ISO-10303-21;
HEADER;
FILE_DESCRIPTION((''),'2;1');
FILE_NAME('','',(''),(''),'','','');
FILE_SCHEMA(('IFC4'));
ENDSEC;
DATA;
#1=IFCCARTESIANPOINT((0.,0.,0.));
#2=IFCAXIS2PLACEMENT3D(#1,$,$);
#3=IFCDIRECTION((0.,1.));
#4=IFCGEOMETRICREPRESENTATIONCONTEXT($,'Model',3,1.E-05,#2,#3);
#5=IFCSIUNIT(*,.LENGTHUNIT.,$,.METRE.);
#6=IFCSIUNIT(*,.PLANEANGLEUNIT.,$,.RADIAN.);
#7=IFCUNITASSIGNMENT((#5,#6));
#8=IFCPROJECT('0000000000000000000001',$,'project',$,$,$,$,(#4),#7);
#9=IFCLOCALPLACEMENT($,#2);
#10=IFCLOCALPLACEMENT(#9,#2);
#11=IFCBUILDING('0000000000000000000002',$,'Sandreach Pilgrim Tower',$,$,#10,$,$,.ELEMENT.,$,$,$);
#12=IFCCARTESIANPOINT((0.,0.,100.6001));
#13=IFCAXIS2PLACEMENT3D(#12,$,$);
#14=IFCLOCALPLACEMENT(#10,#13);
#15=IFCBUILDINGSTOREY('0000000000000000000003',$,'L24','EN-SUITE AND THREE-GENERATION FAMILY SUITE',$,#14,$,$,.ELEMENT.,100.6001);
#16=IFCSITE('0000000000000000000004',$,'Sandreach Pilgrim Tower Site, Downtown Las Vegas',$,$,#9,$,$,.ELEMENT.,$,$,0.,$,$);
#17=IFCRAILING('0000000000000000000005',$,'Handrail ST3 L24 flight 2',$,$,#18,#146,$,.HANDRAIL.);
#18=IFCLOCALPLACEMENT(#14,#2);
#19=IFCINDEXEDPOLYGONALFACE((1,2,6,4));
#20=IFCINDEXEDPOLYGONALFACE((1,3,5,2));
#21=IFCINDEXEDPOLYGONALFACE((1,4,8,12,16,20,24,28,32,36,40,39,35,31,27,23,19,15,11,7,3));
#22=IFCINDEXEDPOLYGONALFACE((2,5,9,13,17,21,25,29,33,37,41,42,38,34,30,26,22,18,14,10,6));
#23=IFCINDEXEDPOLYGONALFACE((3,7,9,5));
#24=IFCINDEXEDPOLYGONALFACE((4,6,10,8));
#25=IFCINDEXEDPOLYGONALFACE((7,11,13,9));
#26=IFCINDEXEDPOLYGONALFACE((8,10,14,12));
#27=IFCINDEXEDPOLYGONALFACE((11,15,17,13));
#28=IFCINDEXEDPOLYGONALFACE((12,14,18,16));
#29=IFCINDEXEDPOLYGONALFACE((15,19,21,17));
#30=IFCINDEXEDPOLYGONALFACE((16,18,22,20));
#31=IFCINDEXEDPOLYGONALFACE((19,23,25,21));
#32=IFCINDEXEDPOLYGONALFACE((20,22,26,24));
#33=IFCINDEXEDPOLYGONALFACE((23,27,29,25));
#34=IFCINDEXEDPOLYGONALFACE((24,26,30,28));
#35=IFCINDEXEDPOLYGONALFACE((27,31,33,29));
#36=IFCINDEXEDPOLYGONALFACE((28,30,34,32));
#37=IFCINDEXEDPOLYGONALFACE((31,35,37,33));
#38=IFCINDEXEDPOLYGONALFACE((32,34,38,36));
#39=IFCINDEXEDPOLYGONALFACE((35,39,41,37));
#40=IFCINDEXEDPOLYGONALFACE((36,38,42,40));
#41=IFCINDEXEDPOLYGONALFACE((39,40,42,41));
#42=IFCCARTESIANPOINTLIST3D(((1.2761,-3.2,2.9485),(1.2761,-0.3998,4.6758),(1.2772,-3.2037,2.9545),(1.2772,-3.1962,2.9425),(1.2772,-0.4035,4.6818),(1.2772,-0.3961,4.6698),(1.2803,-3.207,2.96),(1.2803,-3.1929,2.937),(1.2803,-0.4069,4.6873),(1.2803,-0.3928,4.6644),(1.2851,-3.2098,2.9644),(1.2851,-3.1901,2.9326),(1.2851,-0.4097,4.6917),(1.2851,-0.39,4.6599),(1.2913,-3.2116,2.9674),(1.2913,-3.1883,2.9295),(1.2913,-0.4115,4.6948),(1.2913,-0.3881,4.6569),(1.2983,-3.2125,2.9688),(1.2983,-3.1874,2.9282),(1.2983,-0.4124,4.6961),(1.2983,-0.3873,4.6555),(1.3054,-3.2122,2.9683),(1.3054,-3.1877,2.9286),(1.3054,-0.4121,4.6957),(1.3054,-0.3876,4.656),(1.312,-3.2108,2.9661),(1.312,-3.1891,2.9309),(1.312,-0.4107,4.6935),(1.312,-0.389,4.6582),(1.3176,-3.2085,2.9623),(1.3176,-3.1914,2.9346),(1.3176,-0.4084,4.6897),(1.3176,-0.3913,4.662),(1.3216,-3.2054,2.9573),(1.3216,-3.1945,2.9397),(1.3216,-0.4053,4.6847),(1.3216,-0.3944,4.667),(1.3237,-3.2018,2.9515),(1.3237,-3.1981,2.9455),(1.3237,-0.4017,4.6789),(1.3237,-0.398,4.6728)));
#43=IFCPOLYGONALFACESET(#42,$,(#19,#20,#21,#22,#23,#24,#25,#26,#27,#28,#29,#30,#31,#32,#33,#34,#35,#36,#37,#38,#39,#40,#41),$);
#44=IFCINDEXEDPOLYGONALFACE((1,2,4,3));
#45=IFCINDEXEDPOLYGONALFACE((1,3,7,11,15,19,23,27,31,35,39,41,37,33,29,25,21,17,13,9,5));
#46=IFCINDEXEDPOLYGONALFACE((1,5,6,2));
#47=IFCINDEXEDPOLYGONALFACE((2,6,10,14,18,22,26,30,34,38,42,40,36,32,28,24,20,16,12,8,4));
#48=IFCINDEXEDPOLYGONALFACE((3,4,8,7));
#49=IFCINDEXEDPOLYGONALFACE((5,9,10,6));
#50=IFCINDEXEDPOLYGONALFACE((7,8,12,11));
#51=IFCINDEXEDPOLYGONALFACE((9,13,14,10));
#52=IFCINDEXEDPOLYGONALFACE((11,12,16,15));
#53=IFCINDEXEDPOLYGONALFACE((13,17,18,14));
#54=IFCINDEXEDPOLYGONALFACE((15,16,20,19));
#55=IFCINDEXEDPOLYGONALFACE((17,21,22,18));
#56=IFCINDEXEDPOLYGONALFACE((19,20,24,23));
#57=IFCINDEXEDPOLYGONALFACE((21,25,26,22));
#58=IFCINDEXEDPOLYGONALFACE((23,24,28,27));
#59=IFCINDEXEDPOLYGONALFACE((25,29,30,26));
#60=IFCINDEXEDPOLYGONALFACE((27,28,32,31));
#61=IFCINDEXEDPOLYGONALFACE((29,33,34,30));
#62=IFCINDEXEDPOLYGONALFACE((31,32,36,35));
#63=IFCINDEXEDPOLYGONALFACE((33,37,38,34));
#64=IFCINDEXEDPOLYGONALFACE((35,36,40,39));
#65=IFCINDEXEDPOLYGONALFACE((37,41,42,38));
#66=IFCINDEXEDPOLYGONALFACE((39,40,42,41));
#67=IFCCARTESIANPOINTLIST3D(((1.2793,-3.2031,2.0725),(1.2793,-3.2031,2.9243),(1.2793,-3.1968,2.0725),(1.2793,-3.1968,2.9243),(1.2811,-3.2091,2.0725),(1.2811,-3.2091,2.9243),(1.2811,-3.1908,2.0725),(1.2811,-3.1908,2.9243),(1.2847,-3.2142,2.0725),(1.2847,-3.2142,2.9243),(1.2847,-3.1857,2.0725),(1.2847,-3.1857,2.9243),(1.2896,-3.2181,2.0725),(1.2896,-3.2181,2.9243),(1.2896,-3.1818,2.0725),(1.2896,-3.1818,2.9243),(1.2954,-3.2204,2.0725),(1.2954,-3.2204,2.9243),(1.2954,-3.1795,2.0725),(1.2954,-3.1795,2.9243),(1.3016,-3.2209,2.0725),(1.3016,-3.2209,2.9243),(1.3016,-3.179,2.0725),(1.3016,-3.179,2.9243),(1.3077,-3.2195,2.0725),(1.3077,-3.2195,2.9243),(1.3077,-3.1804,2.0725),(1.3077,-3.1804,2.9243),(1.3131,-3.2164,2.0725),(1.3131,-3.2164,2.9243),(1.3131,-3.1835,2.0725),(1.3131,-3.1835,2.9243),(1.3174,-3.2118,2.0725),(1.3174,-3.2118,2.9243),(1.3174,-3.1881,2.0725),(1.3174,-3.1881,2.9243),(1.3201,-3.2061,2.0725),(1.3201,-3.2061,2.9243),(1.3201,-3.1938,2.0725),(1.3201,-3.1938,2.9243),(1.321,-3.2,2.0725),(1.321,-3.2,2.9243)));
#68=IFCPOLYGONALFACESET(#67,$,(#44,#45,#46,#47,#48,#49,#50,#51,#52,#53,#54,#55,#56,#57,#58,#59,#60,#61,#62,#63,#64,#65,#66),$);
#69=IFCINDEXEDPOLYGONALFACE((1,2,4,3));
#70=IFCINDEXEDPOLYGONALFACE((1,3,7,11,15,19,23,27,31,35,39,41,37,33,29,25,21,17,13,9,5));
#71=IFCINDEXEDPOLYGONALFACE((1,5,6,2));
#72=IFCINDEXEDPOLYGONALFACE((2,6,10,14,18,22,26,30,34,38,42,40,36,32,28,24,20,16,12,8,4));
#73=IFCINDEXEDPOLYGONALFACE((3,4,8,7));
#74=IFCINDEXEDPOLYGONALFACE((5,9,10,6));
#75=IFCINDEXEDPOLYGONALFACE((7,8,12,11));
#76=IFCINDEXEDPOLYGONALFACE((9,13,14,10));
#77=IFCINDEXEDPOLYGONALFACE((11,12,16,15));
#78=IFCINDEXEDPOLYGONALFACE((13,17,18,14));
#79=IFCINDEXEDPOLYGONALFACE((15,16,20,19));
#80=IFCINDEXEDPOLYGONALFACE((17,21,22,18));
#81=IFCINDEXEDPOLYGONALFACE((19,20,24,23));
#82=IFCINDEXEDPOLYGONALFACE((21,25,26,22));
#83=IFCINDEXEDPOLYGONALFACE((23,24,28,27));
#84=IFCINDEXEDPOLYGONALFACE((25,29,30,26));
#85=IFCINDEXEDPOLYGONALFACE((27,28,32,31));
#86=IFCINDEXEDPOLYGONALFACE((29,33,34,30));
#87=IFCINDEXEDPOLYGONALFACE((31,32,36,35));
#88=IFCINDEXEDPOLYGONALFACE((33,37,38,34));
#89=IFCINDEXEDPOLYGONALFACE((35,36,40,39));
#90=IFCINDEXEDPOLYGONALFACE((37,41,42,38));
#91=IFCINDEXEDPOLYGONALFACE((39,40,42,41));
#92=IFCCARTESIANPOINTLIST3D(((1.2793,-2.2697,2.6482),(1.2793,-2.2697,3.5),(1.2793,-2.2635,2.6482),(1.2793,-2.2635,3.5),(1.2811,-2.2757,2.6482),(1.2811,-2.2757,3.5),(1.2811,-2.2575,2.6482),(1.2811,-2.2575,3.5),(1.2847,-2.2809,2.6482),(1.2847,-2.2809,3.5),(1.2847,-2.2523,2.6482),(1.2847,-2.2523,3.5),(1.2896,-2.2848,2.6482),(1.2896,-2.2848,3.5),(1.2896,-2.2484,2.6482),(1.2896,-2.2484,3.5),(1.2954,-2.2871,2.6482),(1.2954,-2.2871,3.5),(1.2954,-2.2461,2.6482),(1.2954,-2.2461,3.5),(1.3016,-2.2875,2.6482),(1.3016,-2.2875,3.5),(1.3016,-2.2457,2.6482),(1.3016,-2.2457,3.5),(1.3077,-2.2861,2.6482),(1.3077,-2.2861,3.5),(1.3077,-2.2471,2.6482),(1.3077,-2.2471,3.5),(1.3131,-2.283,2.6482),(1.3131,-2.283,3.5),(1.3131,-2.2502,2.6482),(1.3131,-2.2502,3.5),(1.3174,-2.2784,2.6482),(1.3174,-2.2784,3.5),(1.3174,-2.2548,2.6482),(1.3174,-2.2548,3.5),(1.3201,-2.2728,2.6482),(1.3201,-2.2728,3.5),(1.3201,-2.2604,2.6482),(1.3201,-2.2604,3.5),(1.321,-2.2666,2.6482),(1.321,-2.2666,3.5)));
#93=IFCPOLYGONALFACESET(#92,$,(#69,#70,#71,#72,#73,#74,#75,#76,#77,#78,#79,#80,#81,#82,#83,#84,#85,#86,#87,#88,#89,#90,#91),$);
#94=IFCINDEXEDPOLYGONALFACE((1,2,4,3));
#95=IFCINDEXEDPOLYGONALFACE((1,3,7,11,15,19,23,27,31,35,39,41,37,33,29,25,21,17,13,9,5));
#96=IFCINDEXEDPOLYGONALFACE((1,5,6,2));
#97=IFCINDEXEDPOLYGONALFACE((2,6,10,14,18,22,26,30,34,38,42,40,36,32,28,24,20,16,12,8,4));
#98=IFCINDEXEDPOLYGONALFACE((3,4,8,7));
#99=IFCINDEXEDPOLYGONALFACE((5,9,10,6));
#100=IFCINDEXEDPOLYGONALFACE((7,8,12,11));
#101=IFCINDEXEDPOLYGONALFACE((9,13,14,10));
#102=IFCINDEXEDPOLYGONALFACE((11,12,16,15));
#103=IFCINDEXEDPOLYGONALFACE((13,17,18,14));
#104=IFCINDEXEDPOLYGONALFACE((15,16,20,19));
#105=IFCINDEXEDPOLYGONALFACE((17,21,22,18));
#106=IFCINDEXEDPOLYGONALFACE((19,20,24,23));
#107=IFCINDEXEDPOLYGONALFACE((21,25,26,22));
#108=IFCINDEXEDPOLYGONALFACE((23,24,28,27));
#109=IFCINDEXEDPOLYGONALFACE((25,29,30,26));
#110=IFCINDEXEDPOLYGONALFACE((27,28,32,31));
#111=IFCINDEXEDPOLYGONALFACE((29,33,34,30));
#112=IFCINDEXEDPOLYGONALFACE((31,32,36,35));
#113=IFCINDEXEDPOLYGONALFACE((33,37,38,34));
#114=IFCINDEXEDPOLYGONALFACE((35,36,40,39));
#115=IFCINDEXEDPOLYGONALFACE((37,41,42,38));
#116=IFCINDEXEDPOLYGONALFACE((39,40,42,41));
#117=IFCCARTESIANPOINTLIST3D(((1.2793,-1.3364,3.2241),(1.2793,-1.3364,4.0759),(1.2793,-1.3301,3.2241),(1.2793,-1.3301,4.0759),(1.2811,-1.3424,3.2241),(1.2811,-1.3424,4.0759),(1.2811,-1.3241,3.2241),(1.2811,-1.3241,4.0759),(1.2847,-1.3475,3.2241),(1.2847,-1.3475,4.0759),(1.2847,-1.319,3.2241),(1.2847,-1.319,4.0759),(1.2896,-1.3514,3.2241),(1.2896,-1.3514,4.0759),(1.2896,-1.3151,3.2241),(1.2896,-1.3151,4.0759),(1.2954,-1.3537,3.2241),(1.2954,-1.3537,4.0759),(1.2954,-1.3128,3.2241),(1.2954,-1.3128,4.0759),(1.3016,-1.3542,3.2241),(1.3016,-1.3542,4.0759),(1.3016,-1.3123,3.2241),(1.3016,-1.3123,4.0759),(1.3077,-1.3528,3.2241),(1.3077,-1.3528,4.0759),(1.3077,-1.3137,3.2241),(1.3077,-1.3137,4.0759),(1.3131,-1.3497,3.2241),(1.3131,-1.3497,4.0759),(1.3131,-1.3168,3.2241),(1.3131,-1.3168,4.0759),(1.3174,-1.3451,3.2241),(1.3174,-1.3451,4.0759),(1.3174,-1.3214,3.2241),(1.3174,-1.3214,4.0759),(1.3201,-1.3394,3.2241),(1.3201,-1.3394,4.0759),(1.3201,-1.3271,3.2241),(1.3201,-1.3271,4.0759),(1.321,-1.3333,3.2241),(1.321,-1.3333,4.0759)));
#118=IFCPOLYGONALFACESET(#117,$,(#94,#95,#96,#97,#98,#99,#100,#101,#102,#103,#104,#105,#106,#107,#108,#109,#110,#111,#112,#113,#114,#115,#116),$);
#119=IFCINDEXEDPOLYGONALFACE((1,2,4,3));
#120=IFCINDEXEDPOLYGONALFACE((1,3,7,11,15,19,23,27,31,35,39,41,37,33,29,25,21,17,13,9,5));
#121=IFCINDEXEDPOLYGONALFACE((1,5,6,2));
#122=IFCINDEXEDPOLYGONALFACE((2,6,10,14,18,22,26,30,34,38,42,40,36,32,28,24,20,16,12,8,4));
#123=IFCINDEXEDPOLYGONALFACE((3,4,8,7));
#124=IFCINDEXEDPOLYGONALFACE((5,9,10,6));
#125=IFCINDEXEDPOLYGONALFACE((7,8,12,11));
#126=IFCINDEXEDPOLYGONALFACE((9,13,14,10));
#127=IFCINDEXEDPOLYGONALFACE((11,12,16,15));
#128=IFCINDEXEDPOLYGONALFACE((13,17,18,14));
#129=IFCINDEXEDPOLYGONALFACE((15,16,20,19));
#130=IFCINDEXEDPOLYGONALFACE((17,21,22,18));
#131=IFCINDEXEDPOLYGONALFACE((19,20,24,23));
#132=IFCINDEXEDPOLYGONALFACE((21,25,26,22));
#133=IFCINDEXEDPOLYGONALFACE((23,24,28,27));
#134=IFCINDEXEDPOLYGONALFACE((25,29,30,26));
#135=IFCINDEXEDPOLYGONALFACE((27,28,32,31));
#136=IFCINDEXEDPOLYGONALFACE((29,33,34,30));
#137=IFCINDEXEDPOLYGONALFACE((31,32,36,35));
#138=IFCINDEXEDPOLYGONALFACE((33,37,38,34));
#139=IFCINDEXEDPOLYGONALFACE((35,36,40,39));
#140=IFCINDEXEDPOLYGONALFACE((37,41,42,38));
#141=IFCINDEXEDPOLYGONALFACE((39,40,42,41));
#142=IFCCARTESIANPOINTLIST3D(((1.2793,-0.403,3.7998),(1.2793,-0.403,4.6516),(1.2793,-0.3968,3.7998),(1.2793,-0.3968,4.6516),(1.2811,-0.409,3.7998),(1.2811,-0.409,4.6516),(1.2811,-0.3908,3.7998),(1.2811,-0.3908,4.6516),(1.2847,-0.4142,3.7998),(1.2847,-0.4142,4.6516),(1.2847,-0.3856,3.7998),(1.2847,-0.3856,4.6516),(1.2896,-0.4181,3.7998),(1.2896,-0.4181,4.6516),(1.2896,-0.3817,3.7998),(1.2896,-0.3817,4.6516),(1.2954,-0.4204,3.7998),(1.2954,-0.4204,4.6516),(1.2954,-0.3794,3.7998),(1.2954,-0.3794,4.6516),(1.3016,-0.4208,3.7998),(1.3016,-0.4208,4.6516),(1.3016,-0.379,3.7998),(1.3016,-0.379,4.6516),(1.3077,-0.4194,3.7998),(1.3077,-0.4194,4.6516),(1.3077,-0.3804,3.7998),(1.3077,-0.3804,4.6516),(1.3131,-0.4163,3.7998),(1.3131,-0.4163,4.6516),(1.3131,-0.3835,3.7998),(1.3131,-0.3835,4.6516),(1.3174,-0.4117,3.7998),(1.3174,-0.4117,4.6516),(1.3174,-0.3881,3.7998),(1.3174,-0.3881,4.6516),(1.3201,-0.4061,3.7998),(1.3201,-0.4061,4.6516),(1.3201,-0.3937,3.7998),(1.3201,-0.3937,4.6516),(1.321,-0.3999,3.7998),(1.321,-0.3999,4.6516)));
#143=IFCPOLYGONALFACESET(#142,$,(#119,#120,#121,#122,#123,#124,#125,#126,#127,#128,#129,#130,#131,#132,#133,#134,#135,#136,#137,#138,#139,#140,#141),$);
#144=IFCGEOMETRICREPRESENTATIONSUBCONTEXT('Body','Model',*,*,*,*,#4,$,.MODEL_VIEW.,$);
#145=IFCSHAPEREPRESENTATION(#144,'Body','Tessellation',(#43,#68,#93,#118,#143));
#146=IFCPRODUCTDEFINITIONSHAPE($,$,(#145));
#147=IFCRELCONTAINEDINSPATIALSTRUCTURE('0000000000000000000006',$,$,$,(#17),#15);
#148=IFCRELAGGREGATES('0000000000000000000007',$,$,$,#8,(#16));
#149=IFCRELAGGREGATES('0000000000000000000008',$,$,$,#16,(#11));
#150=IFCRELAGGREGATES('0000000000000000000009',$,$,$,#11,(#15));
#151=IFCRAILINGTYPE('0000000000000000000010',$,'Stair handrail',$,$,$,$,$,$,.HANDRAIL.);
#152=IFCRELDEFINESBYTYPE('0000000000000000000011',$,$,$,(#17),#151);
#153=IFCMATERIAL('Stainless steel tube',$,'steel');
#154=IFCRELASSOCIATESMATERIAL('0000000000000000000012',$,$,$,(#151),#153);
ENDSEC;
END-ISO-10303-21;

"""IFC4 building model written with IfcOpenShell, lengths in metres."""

from ifc_helpers import new_model, si_unit, direction, frame, origin, origin_2d, place, context, subcontext, project, spatial, circle, extrude, material, type_object, element, save


model = new_model("IFC4")

# Units and contexts
model_context = context("Model", 3, precision=1e-05, world=origin(), true_north=direction((0.0, 1.0)))
body_context = subcontext(model_context, "Body", "Model", "MODEL_VIEW")
ifc_project = project(units=[si_unit("LENGTHUNIT", "METRE"), si_unit("PLANEANGLEUNIT", "RADIAN")], contexts=[model_context])

# Site, building, storey
site_placement = place(None, origin())
site = spatial("IfcSite", under=ifc_project, at=site_placement, Name="Sandreach Pilgrim Tower Site, Downtown Las Vegas", CompositionType="ELEMENT", RefElevation=0.0)
building_placement = place(site_placement, origin())
building = spatial("IfcBuilding", under=site, at=building_placement, Name="Sandreach Pilgrim Tower", CompositionType="ELEMENT")
storey_placement = place(building_placement, frame((0.0, 0.0, 100.6001)))
storey = spatial("IfcBuildingStorey", under=building, at=storey_placement, Name="L24", Description="EN-SUITE AND THREE-GENERATION FAMILY SUITE", CompositionType="ELEMENT", Elevation=100.6001)

# Railing
ifc_material_1 = material(Name="Stainless steel tube", Category="steel")
railing_type = type_object("IfcRailingType", Name="Stair handrail", PredefinedType="HANDRAIL", material=ifc_material_1)
for number, where, name in (
    (1, (1.3, -3.2, 2.0725), "Handrail ST3 L24 flight 2"),
):
    element("IfcRailing", number, at=place(storey_placement, frame(where)), inside=storey, type_object=railing_type, Name=name, PredefinedType="HANDRAIL", context=body_context, shape_type="SweptSolid", body=[
        extrude(circle(Radius=0.0239, at=origin_2d()), frame((0.0, 0.0, 0.876), z_axis=(0.0, 0.85109, 0.52502), x_axis=(-1.0, 0.0, 0.0)), (0.0, 0.0, 1.0), 3.29),
        extrude(circle(Radius=0.021, at=origin_2d()), origin(), (0.0, 0.0, 1.0), 0.8518),
        extrude(circle(Radius=0.021, at=origin_2d()), frame((0.0, 0.9333, 0.5757)), (0.0, 0.0, 1.0), 0.8518),
        extrude(circle(Radius=0.021, at=origin_2d()), frame((0.0, 1.8667, 1.1516)), (0.0, 0.0, 1.0), 0.8518),
        extrude(circle(Radius=0.021, at=origin_2d()), frame((0.0, 2.8, 1.7273)), (0.0, 0.0, 1.0), 0.8518),
    ])

save(model, "model.ifc")
